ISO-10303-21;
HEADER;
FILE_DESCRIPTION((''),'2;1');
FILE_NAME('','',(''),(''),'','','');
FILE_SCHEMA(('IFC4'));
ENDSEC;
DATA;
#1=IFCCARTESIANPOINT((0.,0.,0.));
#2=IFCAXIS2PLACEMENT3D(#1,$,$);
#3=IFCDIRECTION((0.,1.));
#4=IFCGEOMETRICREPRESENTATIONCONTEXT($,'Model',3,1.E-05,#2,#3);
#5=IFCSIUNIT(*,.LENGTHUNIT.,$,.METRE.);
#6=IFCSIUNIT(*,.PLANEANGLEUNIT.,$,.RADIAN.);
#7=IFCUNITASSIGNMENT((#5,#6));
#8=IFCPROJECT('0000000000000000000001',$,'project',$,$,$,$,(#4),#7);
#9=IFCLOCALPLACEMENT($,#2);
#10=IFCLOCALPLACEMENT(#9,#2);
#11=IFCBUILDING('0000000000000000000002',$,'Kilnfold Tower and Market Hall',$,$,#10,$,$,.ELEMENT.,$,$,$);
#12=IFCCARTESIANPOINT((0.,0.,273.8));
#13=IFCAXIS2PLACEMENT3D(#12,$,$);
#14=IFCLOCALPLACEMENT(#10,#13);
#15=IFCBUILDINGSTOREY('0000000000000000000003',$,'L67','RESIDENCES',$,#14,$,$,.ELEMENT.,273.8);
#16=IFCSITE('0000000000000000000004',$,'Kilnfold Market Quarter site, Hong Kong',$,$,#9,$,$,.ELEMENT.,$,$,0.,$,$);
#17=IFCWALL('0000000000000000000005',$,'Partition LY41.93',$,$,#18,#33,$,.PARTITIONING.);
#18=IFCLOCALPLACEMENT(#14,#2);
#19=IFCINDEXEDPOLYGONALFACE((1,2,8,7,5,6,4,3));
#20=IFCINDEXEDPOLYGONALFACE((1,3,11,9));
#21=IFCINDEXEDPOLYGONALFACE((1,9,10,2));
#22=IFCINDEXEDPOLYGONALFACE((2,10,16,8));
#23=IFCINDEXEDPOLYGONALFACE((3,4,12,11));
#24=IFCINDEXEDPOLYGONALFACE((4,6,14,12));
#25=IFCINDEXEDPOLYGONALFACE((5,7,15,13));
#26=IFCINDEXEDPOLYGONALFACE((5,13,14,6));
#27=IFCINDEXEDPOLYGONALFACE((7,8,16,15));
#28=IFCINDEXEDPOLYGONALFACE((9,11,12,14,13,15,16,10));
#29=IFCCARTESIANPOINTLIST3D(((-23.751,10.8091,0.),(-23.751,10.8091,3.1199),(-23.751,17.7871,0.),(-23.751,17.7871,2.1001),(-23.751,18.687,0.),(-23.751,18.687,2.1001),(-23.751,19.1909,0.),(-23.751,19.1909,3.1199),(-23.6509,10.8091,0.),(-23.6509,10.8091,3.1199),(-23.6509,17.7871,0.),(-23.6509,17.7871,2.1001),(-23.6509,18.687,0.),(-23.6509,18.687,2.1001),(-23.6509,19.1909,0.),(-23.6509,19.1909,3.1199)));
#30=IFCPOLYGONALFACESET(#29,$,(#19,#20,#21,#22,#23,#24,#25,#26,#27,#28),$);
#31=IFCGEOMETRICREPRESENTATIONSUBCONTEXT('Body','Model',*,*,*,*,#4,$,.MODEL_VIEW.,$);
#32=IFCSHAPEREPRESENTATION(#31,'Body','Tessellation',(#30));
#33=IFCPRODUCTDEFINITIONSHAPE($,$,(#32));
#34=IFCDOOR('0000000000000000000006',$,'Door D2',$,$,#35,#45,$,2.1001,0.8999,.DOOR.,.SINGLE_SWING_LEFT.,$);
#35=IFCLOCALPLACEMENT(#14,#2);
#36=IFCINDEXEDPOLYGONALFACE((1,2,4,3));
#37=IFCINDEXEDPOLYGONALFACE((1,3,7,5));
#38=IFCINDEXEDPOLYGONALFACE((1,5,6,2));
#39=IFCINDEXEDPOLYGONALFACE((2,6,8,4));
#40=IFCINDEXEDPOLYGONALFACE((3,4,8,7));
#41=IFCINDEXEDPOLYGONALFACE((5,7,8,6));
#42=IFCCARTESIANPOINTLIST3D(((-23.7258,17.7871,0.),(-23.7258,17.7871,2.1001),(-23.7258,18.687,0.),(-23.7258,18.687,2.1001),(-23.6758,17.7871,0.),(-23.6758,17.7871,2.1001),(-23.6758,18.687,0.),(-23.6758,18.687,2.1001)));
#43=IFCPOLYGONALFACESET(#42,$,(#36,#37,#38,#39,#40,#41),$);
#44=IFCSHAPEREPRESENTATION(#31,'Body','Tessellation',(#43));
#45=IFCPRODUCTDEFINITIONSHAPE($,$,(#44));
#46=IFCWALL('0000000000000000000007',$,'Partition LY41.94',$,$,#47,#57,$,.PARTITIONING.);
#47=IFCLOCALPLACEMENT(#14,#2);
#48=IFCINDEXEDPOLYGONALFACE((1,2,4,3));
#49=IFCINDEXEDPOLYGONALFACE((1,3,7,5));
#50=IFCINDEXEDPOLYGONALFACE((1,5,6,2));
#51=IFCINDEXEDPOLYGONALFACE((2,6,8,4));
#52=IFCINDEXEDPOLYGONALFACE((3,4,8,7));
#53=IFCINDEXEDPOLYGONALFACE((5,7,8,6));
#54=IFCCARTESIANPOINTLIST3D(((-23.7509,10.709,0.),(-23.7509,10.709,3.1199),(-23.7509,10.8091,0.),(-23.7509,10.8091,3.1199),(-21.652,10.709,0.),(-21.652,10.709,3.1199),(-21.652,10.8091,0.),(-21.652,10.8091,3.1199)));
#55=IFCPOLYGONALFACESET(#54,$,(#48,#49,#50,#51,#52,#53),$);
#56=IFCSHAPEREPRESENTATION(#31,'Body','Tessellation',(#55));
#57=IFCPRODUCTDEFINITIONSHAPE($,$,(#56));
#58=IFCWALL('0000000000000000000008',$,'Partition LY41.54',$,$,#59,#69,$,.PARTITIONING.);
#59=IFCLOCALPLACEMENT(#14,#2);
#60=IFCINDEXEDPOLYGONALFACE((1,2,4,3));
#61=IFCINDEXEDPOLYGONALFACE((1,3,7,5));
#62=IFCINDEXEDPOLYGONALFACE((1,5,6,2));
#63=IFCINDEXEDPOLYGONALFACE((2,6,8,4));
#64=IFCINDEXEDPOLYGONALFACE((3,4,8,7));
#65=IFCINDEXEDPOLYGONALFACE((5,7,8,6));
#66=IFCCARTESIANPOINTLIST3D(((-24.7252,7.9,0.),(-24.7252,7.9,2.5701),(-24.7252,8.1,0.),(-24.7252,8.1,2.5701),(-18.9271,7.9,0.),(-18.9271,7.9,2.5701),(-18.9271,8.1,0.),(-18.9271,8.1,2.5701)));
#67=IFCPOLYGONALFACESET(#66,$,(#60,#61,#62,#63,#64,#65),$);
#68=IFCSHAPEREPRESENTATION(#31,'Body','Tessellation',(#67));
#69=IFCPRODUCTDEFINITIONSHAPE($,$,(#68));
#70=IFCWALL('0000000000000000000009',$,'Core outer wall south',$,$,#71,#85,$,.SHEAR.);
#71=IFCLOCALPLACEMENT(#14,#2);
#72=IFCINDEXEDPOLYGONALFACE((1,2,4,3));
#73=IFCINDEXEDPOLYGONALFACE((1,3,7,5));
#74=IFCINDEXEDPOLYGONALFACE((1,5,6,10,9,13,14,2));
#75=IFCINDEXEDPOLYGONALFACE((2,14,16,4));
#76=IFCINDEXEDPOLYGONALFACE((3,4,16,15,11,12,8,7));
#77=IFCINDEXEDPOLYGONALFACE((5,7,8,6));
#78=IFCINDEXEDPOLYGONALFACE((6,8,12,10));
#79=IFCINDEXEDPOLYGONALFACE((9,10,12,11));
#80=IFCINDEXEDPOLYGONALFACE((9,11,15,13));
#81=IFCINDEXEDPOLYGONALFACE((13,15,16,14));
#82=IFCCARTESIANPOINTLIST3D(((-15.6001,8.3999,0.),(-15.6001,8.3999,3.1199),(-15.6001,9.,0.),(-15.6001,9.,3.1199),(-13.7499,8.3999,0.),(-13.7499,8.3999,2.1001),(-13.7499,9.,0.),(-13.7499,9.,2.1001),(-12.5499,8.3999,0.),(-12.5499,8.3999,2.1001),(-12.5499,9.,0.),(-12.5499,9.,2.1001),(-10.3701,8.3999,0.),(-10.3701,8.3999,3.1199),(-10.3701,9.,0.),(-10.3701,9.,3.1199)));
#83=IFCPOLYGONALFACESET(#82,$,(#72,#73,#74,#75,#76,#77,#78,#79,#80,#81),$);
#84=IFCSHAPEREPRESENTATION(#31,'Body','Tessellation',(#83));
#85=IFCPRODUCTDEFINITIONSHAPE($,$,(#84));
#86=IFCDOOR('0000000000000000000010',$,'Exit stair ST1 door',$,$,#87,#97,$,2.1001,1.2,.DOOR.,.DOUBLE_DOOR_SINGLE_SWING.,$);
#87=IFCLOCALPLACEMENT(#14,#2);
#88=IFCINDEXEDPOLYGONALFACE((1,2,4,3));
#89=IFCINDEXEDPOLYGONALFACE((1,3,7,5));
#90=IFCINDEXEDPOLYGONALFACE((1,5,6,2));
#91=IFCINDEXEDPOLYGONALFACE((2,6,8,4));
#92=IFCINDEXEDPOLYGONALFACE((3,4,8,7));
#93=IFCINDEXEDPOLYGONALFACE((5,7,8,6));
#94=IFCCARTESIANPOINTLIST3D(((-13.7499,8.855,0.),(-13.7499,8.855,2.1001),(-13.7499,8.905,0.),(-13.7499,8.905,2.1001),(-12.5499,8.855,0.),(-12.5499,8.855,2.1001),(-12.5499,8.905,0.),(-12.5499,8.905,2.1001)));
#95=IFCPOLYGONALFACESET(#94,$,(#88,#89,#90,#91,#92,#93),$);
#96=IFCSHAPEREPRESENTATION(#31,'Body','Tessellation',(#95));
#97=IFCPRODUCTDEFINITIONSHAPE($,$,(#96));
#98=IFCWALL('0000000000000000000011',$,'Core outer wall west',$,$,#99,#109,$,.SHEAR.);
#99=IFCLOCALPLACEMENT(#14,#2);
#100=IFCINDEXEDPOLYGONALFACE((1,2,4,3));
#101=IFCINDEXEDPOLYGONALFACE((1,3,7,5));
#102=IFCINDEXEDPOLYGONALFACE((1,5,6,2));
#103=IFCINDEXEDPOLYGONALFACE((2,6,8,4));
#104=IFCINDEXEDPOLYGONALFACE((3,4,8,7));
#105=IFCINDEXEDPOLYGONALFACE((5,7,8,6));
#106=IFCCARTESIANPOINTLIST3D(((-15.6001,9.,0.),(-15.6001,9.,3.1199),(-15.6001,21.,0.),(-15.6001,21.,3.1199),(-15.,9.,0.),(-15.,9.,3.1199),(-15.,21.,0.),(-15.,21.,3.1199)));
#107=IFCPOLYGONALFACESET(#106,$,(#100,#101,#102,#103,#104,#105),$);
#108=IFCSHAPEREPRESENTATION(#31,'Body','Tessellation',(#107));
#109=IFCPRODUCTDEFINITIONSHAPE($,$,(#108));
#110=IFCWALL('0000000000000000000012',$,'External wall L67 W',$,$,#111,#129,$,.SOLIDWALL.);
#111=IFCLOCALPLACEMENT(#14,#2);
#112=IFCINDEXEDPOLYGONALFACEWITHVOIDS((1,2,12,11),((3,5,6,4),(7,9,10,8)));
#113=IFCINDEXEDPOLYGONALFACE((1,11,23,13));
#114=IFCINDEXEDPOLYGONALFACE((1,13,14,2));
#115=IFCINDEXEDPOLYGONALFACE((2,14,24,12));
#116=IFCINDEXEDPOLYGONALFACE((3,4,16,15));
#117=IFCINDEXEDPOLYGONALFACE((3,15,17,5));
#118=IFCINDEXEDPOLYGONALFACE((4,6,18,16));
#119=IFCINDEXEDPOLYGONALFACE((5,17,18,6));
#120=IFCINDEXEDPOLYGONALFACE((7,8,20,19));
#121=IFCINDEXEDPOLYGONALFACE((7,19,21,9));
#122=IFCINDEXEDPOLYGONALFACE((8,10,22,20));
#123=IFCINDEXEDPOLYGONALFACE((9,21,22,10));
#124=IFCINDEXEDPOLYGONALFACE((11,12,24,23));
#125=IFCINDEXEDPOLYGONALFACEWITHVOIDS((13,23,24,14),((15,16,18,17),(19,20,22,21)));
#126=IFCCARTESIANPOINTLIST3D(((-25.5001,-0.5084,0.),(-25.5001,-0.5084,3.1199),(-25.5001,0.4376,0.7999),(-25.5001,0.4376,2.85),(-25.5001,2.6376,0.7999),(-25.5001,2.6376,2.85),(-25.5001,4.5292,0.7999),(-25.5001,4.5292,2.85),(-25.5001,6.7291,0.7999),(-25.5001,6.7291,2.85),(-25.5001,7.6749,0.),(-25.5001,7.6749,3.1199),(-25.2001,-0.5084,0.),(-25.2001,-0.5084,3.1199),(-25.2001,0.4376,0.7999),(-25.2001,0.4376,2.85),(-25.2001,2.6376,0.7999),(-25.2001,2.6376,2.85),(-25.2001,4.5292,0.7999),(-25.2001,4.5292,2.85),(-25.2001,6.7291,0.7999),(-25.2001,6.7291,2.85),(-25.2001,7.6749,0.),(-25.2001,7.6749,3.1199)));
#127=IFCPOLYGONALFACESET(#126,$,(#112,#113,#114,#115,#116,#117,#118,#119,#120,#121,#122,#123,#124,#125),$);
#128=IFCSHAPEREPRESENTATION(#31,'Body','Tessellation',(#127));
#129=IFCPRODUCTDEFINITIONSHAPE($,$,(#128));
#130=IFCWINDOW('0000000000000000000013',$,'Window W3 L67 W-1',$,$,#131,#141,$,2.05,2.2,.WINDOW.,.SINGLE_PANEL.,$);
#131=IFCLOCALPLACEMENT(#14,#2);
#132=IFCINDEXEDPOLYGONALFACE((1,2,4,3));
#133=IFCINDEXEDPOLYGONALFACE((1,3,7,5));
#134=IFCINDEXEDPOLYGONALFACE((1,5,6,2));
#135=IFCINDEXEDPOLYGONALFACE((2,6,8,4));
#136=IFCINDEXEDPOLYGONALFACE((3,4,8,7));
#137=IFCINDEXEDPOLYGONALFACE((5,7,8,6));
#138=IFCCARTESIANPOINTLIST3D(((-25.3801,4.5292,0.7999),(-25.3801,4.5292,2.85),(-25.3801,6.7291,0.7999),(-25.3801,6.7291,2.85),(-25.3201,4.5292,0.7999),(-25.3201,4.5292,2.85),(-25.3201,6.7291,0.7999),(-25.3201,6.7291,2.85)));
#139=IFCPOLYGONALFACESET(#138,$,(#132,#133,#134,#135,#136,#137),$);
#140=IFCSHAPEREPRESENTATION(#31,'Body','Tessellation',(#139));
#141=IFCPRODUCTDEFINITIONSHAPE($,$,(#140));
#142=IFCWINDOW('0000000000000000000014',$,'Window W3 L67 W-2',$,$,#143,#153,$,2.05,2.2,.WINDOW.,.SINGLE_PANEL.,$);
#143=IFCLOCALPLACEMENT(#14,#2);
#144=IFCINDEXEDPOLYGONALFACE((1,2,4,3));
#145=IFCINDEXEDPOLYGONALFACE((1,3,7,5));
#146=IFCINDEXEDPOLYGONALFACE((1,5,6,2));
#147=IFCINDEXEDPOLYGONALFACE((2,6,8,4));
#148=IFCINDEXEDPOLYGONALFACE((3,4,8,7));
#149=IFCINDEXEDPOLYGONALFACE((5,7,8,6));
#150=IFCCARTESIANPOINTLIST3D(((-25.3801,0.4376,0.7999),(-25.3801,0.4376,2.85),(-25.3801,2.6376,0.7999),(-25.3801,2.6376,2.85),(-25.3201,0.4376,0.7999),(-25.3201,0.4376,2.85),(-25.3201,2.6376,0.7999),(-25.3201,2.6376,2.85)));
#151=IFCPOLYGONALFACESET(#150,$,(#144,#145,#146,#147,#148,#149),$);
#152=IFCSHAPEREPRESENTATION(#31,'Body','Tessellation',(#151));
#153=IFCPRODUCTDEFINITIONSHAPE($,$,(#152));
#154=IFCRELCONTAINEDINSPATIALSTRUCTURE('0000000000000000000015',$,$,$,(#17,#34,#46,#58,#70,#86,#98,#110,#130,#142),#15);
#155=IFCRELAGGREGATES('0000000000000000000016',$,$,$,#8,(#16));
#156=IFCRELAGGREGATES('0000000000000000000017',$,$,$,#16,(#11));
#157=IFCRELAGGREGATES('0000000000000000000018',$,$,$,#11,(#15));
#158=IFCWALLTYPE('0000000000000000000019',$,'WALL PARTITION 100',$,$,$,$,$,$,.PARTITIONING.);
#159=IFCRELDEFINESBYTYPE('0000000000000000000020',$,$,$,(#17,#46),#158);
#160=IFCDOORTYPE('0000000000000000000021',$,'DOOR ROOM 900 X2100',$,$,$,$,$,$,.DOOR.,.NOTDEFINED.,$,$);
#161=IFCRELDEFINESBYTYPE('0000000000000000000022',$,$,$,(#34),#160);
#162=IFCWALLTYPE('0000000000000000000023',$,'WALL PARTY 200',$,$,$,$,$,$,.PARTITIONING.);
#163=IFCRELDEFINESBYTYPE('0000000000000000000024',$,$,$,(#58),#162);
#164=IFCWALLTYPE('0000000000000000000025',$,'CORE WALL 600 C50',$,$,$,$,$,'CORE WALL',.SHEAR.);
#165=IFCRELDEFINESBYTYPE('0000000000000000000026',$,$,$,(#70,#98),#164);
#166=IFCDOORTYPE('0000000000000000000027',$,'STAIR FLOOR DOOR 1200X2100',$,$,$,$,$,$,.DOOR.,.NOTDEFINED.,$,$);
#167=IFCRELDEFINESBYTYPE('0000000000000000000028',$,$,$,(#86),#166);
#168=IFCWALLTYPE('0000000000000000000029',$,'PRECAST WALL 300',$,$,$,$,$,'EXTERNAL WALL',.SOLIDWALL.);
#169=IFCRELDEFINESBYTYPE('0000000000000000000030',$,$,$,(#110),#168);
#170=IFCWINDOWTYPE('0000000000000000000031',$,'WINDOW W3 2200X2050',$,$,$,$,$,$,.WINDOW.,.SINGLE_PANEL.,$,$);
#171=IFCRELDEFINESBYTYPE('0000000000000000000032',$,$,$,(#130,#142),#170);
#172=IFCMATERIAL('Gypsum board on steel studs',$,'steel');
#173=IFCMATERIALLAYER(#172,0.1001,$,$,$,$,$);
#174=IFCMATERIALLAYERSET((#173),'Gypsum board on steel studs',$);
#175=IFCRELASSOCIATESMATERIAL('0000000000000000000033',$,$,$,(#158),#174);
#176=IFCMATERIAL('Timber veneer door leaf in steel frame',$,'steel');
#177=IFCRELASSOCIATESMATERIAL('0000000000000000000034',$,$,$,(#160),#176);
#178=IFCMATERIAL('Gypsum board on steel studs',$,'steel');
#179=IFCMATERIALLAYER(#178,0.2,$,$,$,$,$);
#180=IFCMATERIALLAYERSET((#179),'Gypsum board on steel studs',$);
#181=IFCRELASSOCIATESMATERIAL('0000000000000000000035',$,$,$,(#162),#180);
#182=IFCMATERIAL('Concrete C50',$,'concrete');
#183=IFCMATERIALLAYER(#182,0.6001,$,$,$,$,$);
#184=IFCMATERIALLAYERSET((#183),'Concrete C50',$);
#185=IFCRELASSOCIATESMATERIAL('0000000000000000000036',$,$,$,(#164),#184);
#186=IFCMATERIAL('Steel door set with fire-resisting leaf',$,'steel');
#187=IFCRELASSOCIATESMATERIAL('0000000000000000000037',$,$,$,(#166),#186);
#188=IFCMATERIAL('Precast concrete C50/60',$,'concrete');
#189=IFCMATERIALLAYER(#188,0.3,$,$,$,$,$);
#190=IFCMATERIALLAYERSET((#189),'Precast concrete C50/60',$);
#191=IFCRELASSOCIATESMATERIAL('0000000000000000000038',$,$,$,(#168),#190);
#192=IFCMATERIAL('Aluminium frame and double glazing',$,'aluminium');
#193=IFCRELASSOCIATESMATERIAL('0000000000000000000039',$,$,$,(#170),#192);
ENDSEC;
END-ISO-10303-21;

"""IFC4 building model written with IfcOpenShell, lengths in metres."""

from ifc_helpers import new_model, si_unit, direction, frame, frame_2d, origin, place, context, subcontext, project, spatial, rectangle, extrude, source, transform, mapped, material, layer, layer_set, type_object, element, fill, save


model = new_model("IFC4")

# Units and contexts
model_context = context("Model", 3, precision=1e-05, world=origin(), true_north=direction((0.0, 1.0)))
body_context = subcontext(model_context, "Body", "Model", "MODEL_VIEW")
ifc_project = project(units=[si_unit("LENGTHUNIT", "METRE"), si_unit("PLANEANGLEUNIT", "RADIAN")], contexts=[model_context])

# Site, building, storey
site_placement = place(None, origin())
site = spatial("IfcSite", under=ifc_project, at=site_placement, Name="Kilnfold Market Quarter site, Hong Kong", CompositionType="ELEMENT", RefElevation=0.0)
building_placement = place(site_placement, origin())
building = spatial("IfcBuilding", under=site, at=building_placement, Name="Kilnfold Tower and Market Hall", CompositionType="ELEMENT")
storey_placement = place(building_placement, frame((0.0, 0.0, 273.8)))
storey = spatial("IfcBuildingStorey", under=building, at=storey_placement, Name="L67", Description="RESIDENCES", CompositionType="ELEMENT", Elevation=273.8)

# Shared definitions
ifc_material_1 = material(Name="Gypsum board on steel studs", Category="steel")
ifc_layer_1 = layer(ifc_material_1, 0.1001)
ifc_layer_set_1 = layer_set([ifc_layer_1], Name="Gypsum board on steel studs")
wall_type_1 = type_object("IfcWallType", Name="WALL PARTITION 100", PredefinedType="PARTITIONING", material=ifc_layer_set_1)
ifc_material_2 = material(Name="Timber veneer door leaf in steel frame", Category="steel")
door_type_1 = type_object("IfcDoorType", Name="DOOR ROOM 900 X2100", OperationType="NOTDEFINED", PredefinedType="DOOR", material=ifc_material_2)

# Wall, opening, door
wall_1_placement = place(storey_placement, frame((-23.7009, 10.8091, 0.0), z_axis=(0.0, 0.0, 1.0), x_axis=(0.0, 1.0, 0.0)))
wall_1 = element("IfcWall", 1, at=wall_1_placement, inside=storey, type_object=wall_type_1, Name="Partition LY41.93", PredefinedType="PARTITIONING", context=body_context, shape_type="SweptSolid", body=[
    extrude(rectangle(XDim=8.3818, YDim=0.1001, at=frame_2d((4.1909, 0.0))), origin(), (0.0, 0.0, 1.0), 3.1199),
])
opening_1_placement = place(wall_1_placement, frame((6.978, 0.0, 0.0)))
opening_1 = element("IfcOpeningElement", 2, at=opening_1_placement, cuts=wall_1, PredefinedType="OPENING", context=body_context, shape_type="SweptSolid", body=[
    extrude(rectangle(XDim=0.8999, YDim=2.1001, at=frame_2d((0.45, 1.05))), frame((0.0, 0.0601, 0.0), z_axis=(0.0, -1.0, 0.0), x_axis=(1.0, 0.0, 0.0)), (0.0, 0.0, 1.0), 0.1201),
])
door_1_placement = place(opening_1_placement, origin())
door_1 = element("IfcDoor", 3, at=door_1_placement, inside=storey, type_object=door_type_1, Name="Door D2", OperationType="SINGLE_SWING_LEFT", OverallHeight=2.1001, OverallWidth=0.8999, PredefinedType="DOOR", context=body_context, shape_type="SweptSolid", body=[
    extrude(rectangle(XDim=0.8999, YDim=2.1001, at=frame_2d((0.45, 1.05))), frame((0.0, 0.0249, 0.0), z_axis=(0.0, -1.0, 0.0), x_axis=(1.0, 0.0, 0.0)), (0.0, 0.0, 1.0), 0.05),
])
fill(opening_1, door_1)

# Walls
wall_2_placement = place(storey_placement, frame((-21.6521, 10.759, 0.0), z_axis=(0.0, 0.0, 1.0), x_axis=(-1.0, 0.0, 0.0)))
element("IfcWall", 4, at=wall_2_placement, inside=storey, type_object=wall_type_1, Name="Partition LY41.94", PredefinedType="PARTITIONING", context=body_context, shape_type="SweptSolid", body=[
    extrude(rectangle(XDim=2.0989, YDim=0.1001, at=frame_2d((1.0493, 0.0))), origin(), (0.0, 0.0, 1.0), 3.1199),
])
ifc_material_3 = material(Name="Gypsum board on steel studs", Category="steel")
ifc_layer_2 = layer(ifc_material_3, 0.2)
ifc_layer_set_2 = layer_set([ifc_layer_2], Name="Gypsum board on steel studs")
wall_type_2 = type_object("IfcWallType", Name="WALL PARTY 200", PredefinedType="PARTITIONING", material=ifc_layer_set_2)
wall_3_placement = place(storey_placement, frame((-24.7251, 8.0, 0.0), z_axis=(0.0, 0.0, 1.0), x_axis=(1.0, 0.0, 0.0)))
element("IfcWall", 5, at=wall_3_placement, inside=storey, type_object=wall_type_2, Name="Partition LY41.54", PredefinedType="PARTITIONING", context=body_context, shape_type="SweptSolid", body=[
    extrude(rectangle(XDim=5.7981, YDim=0.2, at=frame_2d((2.8989, 0.0))), origin(), (0.0, 0.0, 1.0), 2.5701),
])

# Wall, opening, door
ifc_material_4 = material(Name="Concrete C50", Category="concrete")
ifc_layer_3 = layer(ifc_material_4, 0.6001)
ifc_layer_set_3 = layer_set([ifc_layer_3], Name="Concrete C50")
wall_type_3 = type_object("IfcWallType", Name="CORE WALL 600 C50", ElementType="CORE WALL", PredefinedType="SHEAR", material=ifc_layer_set_3)
shared_shape_1 = source(origin(), body_context, "Body", "SweptSolid", [
    extrude(rectangle(XDim=5.23, YDim=0.6001, at=frame_2d((2.615, 0.0))), origin(), (0.0, 0.0, 1.0), 3.1199),
])
wall_4_placement = place(storey_placement, frame((-15.6001, 8.7, 0.0), z_axis=(0.0, 0.0, 1.0), x_axis=(1.0, 0.0, 0.0)))
wall_4 = element("IfcWall", 6, at=wall_4_placement, inside=storey, type_object=wall_type_3, Name="Core outer wall south", PredefinedType="SHEAR", context=body_context, shape_type="MappedRepresentation", body=[
    mapped(shared_shape_1, transform((0.0, 0.0, 0.0))),
])
opening_2_placement = place(wall_4_placement, frame((1.8501, 0.0, 0.0)))
opening_2 = element("IfcOpeningElement", 7, at=opening_2_placement, cuts=wall_4, PredefinedType="OPENING", context=body_context, shape_type="SweptSolid", body=[
    extrude(rectangle(XDim=1.2, YDim=2.1001, at=frame_2d((0.6001, 1.05))), frame((0.0, 0.3101, 0.0), z_axis=(0.0, -1.0, 0.0), x_axis=(1.0, 0.0, 0.0)), (0.0, 0.0, 1.0), 0.6201),
])
ifc_material_5 = material(Name="Steel door set with fire-resisting leaf", Category="steel")
door_type_2 = type_object("IfcDoorType", Name="STAIR FLOOR DOOR 1200X2100", OperationType="NOTDEFINED", PredefinedType="DOOR", material=ifc_material_5)
door_2_placement = place(opening_2_placement, origin())
door_2 = element("IfcDoor", 8, at=door_2_placement, inside=storey, type_object=door_type_2, Name="Exit stair ST1 door", OperationType="DOUBLE_DOOR_SINGLE_SWING", OverallHeight=2.1001, OverallWidth=1.2, PredefinedType="DOOR", context=body_context, shape_type="SweptSolid", body=[
    extrude(rectangle(XDim=1.2, YDim=2.1001, at=frame_2d((0.6001, 1.05))), frame((0.0, 0.2051, 0.0), z_axis=(0.0, -1.0, 0.0), x_axis=(1.0, 0.0, 0.0)), (0.0, 0.0, 1.0), 0.05),
])
fill(opening_2, door_2)

# Wall
shared_shape_2 = source(origin(), body_context, "Body", "SweptSolid", [
    extrude(rectangle(XDim=12.0, YDim=0.6001, at=frame_2d((6.0, 0.0))), origin(), (0.0, 0.0, 1.0), 3.1199),
])
wall_5_placement = place(storey_placement, frame((-15.3, 9.0, 0.0), z_axis=(0.0, 0.0, 1.0), x_axis=(0.0, 1.0, 0.0)))
element("IfcWall", 9, at=wall_5_placement, inside=storey, type_object=wall_type_3, Name="Core outer wall west", PredefinedType="SHEAR", context=body_context, shape_type="MappedRepresentation", body=[
    mapped(shared_shape_2, transform((0.0, 0.0, 0.0))),
])

# Wall, openings, windows
ifc_material_6 = material(Name="Precast concrete C50/60", Category="concrete")
ifc_layer_4 = layer(ifc_material_6, 0.3)
ifc_layer_set_4 = layer_set([ifc_layer_4], Name="Precast concrete C50/60")
wall_type_4 = type_object("IfcWallType", Name="PRECAST WALL 300", ElementType="EXTERNAL WALL", PredefinedType="SOLIDWALL", material=ifc_layer_set_4)
shared_shape_3 = source(origin(), body_context, "Body", "SweptSolid", [
    extrude(rectangle(XDim=8.1833, YDim=0.3, at=frame_2d((4.0918, 0.0))), origin(), (0.0, 0.0, 1.0), 3.1199),
])
wall_6_placement = place(storey_placement, frame((-25.3501, 7.675, 0.0), z_axis=(0.0, 0.0, 1.0), x_axis=(0.0, -1.0, 0.0)))
wall_6 = element("IfcWall", 10, at=wall_6_placement, inside=storey, type_object=wall_type_4, Name="External wall L67 W", PredefinedType="SOLIDWALL", context=body_context, shape_type="MappedRepresentation", body=[
    mapped(shared_shape_3, transform((0.0, 0.0, 0.0))),
])
opening_3_placement = place(wall_6_placement, frame((0.9458, 0.0, 0.8)))
opening_3 = element("IfcOpeningElement", 11, at=opening_3_placement, cuts=wall_6, PredefinedType="OPENING", context=body_context, shape_type="SweptSolid", body=[
    extrude(rectangle(XDim=2.2, YDim=2.05, at=frame_2d((1.1001, 1.0249))), frame((0.0, 0.1602, 0.0), z_axis=(0.0, -1.0, 0.0), x_axis=(1.0, 0.0, 0.0)), (0.0, 0.0, 1.0), 0.3201),
])
opening_4_placement = place(wall_6_placement, frame((5.0374, 0.0, 0.8)))
opening_4 = element("IfcOpeningElement", 12, at=opening_4_placement, cuts=wall_6, PredefinedType="OPENING", context=body_context, shape_type="SweptSolid", body=[
    extrude(rectangle(XDim=2.2, YDim=2.05, at=frame_2d((1.1001, 1.0249))), frame((0.0, 0.1602, 0.0), z_axis=(0.0, -1.0, 0.0), x_axis=(1.0, 0.0, 0.0)), (0.0, 0.0, 1.0), 0.3201),
])
ifc_material_7 = material(Name="Aluminium frame and double glazing", Category="aluminium")
window_type = type_object("IfcWindowType", Name="WINDOW W3 2200X2050", PartitioningType="SINGLE_PANEL", PredefinedType="WINDOW", material=ifc_material_7)
window_1_placement = place(opening_3_placement, origin())
window_1 = element("IfcWindow", 13, at=window_1_placement, inside=storey, type_object=window_type, Name="Window W3 L67 W-1", OverallHeight=2.05, OverallWidth=2.2, PartitioningType="SINGLE_PANEL", PredefinedType="WINDOW", context=body_context, shape_type="SweptSolid", body=[
    extrude(rectangle(XDim=2.2, YDim=2.05, at=frame_2d((1.1001, 1.0249))), frame((0.0, 0.03, 0.0), z_axis=(0.0, -1.0, 0.0), x_axis=(1.0, 0.0, 0.0)), (0.0, 0.0, 1.0), 0.0601),
])
fill(opening_3, window_1)
window_2_placement = place(opening_4_placement, origin())
window_2 = element("IfcWindow", 14, at=window_2_placement, inside=storey, type_object=window_type, Name="Window W3 L67 W-2", OverallHeight=2.05, OverallWidth=2.2, PartitioningType="SINGLE_PANEL", PredefinedType="WINDOW", context=body_context, shape_type="SweptSolid", body=[
    extrude(rectangle(XDim=2.2, YDim=2.05, at=frame_2d((1.1001, 1.0249))), frame((0.0, 0.03, 0.0), z_axis=(0.0, -1.0, 0.0), x_axis=(1.0, 0.0, 0.0)), (0.0, 0.0, 1.0), 0.0601),
])
fill(opening_4, window_2)

save(model, "model.ifc")
